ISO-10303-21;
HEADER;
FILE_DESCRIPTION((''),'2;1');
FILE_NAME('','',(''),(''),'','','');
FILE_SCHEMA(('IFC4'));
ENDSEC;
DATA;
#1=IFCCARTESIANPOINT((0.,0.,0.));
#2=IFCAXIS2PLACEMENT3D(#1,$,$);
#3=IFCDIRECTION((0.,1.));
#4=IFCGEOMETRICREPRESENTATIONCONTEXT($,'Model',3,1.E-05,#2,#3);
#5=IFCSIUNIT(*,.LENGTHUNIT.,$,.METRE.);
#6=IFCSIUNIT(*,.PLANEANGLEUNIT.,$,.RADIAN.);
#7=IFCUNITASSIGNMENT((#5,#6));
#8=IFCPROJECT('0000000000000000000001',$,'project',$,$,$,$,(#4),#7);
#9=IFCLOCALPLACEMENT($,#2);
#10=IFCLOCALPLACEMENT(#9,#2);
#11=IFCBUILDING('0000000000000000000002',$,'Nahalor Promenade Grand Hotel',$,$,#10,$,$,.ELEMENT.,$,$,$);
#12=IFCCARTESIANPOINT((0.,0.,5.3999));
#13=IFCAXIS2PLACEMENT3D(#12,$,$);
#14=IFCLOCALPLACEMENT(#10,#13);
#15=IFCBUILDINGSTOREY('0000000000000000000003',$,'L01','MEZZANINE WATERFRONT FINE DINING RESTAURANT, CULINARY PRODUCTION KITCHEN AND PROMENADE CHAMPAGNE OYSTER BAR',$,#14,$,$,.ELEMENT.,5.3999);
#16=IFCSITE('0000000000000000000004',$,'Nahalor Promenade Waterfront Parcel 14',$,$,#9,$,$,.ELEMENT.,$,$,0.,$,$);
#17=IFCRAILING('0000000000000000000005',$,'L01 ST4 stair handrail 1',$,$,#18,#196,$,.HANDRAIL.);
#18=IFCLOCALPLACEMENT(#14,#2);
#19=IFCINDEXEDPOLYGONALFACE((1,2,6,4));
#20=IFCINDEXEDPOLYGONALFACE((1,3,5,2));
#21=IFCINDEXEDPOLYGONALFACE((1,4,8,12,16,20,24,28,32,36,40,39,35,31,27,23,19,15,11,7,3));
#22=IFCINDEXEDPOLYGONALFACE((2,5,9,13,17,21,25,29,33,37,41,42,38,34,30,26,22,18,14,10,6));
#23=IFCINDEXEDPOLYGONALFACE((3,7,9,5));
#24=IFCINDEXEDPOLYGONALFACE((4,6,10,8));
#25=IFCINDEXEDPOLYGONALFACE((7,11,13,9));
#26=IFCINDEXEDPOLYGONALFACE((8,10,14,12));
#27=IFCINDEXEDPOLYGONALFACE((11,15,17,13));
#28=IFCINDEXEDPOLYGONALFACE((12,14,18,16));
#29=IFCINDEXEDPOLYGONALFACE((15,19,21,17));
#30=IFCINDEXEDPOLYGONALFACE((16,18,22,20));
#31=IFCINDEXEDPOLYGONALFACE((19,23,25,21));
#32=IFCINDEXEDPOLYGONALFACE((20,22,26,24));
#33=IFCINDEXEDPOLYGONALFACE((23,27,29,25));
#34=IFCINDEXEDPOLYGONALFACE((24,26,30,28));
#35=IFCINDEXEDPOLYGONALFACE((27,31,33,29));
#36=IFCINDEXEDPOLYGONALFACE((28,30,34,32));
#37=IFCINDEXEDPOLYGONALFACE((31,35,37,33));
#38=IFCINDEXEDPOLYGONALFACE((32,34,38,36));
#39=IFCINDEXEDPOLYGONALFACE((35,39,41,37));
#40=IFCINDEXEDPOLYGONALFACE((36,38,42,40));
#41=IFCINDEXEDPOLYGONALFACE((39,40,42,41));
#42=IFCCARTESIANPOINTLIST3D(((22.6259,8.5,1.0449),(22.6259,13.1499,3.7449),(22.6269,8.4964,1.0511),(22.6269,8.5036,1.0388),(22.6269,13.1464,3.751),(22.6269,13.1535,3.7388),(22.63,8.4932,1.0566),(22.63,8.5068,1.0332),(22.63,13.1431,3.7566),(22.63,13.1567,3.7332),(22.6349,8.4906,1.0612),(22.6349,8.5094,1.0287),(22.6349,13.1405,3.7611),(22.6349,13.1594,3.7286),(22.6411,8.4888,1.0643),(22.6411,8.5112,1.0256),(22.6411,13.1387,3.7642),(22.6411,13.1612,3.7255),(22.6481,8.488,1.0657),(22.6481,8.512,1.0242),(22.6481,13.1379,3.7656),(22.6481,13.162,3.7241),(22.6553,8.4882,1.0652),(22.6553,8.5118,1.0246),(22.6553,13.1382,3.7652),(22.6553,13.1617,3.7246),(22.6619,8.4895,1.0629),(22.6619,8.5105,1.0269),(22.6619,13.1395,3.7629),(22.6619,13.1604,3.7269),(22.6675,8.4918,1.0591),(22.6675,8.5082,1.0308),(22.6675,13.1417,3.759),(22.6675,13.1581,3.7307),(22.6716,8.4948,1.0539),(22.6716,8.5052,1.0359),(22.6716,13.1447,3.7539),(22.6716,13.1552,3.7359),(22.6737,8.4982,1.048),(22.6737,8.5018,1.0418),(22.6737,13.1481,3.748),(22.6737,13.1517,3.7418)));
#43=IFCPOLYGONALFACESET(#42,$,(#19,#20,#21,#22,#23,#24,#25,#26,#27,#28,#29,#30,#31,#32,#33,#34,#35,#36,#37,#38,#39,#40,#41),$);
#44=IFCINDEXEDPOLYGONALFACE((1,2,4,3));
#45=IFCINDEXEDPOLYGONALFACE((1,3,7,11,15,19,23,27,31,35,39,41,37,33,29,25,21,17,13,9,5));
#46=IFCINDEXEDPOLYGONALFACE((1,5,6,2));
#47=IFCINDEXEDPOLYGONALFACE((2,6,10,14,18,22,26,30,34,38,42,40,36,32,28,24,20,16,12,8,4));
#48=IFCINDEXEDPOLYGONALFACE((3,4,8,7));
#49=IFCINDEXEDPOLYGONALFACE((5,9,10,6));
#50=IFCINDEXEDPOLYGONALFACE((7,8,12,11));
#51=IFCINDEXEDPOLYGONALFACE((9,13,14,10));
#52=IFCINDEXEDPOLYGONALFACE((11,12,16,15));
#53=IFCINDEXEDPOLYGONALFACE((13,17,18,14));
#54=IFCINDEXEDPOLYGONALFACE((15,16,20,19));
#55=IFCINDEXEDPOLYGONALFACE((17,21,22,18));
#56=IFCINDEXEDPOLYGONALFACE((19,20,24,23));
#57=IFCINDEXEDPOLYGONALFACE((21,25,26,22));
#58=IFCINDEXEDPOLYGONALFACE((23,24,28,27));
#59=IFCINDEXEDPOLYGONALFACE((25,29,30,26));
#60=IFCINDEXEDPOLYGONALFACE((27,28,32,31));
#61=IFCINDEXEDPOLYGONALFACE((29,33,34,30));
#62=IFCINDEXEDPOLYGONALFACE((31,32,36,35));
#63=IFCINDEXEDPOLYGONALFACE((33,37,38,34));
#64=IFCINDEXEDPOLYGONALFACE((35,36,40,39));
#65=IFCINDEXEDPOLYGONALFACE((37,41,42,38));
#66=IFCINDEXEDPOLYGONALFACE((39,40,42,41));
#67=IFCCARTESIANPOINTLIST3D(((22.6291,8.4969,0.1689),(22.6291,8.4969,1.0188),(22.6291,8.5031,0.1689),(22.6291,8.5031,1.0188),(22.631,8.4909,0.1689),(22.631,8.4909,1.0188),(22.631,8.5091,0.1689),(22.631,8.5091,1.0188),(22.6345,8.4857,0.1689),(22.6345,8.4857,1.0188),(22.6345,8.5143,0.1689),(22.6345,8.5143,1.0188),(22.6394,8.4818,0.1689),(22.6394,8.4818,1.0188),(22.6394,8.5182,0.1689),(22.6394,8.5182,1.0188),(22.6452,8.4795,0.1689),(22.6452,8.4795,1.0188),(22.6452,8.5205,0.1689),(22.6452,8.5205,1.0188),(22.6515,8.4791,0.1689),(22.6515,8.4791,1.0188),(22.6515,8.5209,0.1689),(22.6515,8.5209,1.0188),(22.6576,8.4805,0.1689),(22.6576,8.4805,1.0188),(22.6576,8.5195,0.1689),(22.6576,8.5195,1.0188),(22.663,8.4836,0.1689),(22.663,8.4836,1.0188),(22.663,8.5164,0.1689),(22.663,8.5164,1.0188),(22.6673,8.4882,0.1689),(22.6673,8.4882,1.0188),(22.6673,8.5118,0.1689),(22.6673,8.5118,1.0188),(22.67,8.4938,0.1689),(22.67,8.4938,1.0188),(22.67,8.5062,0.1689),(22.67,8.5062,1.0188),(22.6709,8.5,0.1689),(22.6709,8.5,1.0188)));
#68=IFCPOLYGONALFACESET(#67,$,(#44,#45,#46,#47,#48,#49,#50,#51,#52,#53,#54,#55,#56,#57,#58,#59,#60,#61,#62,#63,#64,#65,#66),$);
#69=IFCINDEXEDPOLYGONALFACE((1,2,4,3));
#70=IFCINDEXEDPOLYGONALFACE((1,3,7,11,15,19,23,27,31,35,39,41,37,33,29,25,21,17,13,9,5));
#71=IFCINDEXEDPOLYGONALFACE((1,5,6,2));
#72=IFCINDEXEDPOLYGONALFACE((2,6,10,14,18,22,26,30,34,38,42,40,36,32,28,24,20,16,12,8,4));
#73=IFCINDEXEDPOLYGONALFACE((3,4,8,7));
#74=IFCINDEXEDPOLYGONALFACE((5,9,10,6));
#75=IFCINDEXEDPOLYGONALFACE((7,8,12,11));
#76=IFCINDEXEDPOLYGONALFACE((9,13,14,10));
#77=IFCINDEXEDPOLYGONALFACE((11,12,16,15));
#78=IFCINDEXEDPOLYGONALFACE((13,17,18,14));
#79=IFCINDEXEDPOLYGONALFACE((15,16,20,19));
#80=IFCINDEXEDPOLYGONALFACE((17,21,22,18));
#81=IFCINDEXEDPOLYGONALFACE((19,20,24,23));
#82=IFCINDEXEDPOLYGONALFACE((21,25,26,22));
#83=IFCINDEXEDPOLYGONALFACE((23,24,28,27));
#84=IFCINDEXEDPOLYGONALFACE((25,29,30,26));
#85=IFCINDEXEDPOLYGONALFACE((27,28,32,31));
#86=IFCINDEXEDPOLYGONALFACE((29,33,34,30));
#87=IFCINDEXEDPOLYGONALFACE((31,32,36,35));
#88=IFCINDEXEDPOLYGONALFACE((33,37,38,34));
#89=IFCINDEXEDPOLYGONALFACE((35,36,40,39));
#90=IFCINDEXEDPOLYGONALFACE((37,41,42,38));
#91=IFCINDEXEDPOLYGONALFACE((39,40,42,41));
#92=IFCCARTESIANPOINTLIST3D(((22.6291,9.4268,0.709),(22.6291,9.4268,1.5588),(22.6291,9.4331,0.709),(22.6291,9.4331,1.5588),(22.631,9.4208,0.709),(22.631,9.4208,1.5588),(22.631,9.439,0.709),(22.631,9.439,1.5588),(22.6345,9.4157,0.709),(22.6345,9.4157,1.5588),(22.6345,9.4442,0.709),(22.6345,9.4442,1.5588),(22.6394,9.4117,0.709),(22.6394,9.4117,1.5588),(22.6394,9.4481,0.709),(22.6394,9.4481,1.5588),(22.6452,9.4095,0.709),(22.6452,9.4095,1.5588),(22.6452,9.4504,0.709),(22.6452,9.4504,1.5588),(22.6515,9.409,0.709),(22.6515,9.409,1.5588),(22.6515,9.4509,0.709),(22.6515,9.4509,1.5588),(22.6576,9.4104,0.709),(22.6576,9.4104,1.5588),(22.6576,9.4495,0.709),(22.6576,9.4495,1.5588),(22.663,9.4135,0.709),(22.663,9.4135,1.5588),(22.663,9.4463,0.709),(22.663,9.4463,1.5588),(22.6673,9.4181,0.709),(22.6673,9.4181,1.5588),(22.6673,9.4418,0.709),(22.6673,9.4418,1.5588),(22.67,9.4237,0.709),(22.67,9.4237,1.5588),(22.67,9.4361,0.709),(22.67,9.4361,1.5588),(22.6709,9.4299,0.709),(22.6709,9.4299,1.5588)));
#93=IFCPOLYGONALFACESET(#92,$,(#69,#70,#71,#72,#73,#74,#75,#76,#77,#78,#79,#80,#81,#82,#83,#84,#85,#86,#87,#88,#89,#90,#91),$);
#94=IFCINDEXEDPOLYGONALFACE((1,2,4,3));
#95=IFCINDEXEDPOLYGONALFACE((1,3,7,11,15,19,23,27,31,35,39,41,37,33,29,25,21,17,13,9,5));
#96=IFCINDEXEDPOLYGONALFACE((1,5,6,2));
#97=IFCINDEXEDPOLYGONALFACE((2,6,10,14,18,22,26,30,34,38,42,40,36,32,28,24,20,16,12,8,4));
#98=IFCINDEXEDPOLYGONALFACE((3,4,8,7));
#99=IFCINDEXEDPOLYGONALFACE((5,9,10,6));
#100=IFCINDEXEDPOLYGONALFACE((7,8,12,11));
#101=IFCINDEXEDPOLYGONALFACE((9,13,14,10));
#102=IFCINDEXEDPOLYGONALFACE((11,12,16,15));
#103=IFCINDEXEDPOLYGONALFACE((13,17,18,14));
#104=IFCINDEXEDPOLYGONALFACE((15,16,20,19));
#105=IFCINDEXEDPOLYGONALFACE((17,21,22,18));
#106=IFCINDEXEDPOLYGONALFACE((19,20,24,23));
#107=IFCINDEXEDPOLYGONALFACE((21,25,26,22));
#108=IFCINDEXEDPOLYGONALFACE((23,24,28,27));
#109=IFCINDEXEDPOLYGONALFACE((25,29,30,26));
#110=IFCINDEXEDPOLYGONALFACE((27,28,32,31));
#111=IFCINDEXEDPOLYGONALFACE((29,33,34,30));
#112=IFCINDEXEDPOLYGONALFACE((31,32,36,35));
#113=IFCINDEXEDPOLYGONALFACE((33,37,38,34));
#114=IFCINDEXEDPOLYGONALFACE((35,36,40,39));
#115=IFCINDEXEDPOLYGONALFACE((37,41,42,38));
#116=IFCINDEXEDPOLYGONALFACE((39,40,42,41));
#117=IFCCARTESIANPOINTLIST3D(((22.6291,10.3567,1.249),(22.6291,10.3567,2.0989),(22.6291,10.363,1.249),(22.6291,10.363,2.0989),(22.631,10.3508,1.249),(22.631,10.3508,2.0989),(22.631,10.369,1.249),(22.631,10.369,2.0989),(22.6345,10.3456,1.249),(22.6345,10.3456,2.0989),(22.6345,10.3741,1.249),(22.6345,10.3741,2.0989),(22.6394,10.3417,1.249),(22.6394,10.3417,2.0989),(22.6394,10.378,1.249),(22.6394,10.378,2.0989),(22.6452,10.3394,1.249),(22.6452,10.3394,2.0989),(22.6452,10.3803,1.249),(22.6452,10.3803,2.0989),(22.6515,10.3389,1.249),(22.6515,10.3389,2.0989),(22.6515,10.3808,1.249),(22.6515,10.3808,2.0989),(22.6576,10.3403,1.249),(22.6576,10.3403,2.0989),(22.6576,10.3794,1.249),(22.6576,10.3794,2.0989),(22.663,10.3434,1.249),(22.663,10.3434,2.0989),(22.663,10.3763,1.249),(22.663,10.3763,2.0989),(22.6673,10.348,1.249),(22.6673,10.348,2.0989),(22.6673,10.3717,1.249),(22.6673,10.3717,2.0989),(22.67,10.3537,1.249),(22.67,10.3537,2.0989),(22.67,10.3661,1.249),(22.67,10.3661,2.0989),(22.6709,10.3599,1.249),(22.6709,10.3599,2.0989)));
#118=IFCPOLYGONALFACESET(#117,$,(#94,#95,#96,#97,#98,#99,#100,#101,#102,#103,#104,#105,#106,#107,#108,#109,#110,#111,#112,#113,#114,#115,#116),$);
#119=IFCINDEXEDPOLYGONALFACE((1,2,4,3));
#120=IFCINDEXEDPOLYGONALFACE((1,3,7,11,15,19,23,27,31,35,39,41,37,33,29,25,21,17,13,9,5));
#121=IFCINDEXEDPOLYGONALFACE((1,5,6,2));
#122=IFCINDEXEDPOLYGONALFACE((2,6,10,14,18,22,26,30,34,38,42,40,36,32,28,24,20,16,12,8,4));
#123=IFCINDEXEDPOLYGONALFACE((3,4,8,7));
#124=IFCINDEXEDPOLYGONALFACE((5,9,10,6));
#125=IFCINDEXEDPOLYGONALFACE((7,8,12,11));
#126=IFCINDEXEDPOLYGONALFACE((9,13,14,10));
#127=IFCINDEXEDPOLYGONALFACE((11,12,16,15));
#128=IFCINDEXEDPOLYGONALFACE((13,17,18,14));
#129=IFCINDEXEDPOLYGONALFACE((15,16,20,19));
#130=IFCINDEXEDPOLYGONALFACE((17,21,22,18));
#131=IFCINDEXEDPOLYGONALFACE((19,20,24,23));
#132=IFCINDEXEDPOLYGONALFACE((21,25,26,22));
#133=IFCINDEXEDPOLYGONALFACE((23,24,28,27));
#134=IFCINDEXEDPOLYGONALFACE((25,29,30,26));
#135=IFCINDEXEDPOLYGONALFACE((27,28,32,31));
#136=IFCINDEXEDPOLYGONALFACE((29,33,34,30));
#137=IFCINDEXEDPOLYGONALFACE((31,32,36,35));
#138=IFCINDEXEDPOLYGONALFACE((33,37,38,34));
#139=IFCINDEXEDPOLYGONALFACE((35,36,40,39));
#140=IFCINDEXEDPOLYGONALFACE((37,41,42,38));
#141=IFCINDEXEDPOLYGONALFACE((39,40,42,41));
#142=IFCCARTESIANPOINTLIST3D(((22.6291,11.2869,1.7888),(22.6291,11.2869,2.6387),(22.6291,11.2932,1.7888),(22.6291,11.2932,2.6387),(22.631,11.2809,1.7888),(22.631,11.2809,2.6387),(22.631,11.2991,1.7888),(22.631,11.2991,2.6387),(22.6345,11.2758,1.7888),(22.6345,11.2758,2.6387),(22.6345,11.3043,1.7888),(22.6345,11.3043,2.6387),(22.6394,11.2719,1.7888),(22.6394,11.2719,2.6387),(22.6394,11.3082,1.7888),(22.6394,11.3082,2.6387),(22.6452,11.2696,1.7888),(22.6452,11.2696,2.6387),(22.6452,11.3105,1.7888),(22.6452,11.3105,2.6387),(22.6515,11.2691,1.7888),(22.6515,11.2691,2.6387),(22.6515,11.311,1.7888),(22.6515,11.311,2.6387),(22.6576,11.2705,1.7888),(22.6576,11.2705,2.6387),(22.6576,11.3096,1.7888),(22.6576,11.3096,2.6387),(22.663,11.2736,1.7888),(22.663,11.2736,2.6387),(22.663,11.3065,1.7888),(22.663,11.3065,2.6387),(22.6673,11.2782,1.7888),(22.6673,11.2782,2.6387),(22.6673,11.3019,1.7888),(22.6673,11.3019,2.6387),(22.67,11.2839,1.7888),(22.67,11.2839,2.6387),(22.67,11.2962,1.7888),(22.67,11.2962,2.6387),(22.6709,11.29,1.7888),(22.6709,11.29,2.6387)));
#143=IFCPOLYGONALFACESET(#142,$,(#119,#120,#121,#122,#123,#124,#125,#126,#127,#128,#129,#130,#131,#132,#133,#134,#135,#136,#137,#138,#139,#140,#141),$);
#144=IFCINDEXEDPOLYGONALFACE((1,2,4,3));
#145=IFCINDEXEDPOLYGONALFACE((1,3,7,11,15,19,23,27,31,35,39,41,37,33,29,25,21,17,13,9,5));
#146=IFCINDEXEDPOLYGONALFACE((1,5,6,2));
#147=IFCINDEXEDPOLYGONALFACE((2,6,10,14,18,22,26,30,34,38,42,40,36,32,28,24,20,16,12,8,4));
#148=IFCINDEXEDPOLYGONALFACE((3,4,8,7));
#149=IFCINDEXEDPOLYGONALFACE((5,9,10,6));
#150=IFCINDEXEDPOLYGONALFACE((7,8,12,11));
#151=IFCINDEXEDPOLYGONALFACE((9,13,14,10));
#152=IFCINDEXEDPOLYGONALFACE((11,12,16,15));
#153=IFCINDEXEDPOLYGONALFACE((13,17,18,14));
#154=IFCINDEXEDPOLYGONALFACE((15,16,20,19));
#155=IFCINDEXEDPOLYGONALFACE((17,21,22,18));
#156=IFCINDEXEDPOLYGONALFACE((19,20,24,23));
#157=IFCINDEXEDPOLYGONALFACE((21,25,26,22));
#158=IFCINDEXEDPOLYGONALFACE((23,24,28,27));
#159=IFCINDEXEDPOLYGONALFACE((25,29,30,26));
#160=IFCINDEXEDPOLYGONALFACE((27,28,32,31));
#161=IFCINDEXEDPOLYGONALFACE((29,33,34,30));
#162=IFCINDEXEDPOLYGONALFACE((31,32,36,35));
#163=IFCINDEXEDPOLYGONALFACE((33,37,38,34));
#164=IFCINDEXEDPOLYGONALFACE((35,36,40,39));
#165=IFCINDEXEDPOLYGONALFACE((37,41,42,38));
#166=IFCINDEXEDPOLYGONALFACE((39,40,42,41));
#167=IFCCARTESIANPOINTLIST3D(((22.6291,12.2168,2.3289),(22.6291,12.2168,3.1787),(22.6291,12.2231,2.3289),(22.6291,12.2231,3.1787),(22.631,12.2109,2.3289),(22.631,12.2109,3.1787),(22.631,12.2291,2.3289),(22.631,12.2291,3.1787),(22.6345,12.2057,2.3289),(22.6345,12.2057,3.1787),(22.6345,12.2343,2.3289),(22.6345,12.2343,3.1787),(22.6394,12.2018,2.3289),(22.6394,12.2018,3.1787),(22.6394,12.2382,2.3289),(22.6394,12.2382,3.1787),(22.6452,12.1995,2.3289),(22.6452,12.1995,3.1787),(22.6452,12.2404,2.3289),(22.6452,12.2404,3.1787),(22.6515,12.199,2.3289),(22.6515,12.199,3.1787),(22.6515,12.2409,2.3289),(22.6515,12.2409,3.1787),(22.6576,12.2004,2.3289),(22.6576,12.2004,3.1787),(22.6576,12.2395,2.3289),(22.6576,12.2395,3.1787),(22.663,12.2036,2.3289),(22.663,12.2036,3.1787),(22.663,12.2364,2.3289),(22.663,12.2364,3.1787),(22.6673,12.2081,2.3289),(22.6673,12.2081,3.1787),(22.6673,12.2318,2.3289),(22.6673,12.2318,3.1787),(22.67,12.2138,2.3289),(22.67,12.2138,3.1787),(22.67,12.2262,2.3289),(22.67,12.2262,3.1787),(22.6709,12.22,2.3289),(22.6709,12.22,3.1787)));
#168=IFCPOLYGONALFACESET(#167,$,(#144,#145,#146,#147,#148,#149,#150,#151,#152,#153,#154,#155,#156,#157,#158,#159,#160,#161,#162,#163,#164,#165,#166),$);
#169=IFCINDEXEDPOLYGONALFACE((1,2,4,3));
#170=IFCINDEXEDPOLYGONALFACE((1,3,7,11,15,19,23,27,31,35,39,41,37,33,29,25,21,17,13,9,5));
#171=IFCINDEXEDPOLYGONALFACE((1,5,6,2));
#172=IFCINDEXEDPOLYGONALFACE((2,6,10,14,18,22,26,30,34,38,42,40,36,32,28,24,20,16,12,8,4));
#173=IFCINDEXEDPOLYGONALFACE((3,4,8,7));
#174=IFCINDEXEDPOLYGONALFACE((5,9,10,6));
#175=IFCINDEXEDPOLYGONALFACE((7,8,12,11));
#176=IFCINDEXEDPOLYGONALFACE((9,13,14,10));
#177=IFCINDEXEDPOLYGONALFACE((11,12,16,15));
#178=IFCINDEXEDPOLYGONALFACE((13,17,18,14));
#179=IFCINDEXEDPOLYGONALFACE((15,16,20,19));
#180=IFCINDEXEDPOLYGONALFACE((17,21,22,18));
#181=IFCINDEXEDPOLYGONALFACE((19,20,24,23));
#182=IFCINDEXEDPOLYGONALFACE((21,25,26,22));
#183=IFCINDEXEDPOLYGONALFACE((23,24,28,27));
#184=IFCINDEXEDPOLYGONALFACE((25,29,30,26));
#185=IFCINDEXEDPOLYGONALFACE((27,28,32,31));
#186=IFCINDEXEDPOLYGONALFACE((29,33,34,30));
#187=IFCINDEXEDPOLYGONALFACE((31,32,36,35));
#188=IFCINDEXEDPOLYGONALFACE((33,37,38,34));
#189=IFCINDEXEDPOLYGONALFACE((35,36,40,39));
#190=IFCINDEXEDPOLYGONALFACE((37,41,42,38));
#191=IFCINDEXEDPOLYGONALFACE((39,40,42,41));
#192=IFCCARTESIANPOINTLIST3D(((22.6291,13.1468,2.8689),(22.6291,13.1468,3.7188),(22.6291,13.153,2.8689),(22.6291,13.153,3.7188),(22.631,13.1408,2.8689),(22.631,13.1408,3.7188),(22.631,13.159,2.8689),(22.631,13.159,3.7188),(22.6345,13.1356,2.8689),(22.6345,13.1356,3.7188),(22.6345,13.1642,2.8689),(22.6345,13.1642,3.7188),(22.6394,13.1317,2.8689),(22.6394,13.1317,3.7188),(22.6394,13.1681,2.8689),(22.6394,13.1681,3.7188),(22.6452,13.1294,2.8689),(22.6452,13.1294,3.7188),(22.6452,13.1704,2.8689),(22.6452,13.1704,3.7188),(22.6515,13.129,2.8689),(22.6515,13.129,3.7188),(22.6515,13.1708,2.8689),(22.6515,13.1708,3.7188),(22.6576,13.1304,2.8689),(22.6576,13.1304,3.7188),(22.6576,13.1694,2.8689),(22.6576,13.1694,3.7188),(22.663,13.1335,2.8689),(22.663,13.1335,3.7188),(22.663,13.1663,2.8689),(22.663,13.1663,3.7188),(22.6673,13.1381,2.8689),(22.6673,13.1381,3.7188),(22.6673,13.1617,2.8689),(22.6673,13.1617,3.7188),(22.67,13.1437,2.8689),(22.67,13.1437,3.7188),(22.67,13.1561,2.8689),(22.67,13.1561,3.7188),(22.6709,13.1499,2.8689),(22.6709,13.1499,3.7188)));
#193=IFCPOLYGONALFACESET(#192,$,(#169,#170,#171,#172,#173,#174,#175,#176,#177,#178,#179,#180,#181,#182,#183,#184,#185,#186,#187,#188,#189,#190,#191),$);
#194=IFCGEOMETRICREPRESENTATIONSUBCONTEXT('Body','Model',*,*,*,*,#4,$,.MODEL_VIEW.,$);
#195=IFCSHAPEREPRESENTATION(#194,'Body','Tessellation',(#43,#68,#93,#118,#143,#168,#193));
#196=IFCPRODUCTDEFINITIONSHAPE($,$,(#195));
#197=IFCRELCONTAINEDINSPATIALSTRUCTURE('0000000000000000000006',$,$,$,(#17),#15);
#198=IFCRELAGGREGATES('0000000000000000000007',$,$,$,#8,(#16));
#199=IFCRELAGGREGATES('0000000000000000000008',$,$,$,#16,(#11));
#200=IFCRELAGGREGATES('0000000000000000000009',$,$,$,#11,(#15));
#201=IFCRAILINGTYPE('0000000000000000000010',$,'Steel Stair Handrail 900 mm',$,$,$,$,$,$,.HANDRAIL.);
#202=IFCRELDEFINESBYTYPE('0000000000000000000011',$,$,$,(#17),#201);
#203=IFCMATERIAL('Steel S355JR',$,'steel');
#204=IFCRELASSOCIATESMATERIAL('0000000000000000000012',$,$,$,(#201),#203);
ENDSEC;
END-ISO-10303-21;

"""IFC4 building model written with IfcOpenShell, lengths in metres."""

from ifc_helpers import new_model, si_unit, direction, frame, origin, origin_2d, place, context, subcontext, project, spatial, circle, extrude, material, type_object, element, save


model = new_model("IFC4")

# Units and contexts
model_context = context("Model", 3, precision=1e-05, world=origin(), true_north=direction((0.0, 1.0)))
body_context = subcontext(model_context, "Body", "Model", "MODEL_VIEW")
ifc_project = project(units=[si_unit("LENGTHUNIT", "METRE"), si_unit("PLANEANGLEUNIT", "RADIAN")], contexts=[model_context])

# Site, building, storey
site_placement = place(None, origin())
site = spatial("IfcSite", under=ifc_project, at=site_placement, Name="Nahalor Promenade Waterfront Parcel 14", CompositionType="ELEMENT", RefElevation=0.0)
building_placement = place(site_placement, origin())
building = spatial("IfcBuilding", under=site, at=building_placement, Name="Nahalor Promenade Grand Hotel", CompositionType="ELEMENT")
storey_placement = place(building_placement, frame((0.0, 0.0, 5.3999)))
storey = spatial("IfcBuildingStorey", under=building, at=storey_placement, Name="L01", Description="MEZZANINE WATERFRONT FINE DINING RESTAURANT, CULINARY PRODUCTION KITCHEN AND PROMENADE CHAMPAGNE OYSTER BAR", CompositionType="ELEMENT", Elevation=5.3999)

# Shared definitions
ifc_material_1 = material(Name="Steel S355JR", Category="steel")

# Railing
railing_type_1 = type_object("IfcRailingType", Name="Steel Stair Handrail 900 mm", PredefinedType="HANDRAIL", material=ifc_material_1)
railing_1_placement = place(storey_placement, frame((22.6499, 8.5, 0.1689)))
element("IfcRailing", 1, at=railing_1_placement, inside=storey, type_object=railing_type_1, Name="L01 ST4 stair handrail 1", PredefinedType="HANDRAIL", context=body_context, shape_type="SweptSolid", body=[
    extrude(circle(Radius=0.024, at=origin_2d()), frame((0.0, 0.0, 0.876), z_axis=(0.0, 0.864788, 0.502137), x_axis=(-1.0, 0.0, 0.0)), (0.0, 0.0, 1.0), 5.377),
    extrude(circle(Radius=0.021, at=origin_2d()), origin(), (0.0, 0.0, 1.0), 0.8499),
    extrude(circle(Radius=0.021, at=origin_2d()), frame((0.0, 0.9299, 0.54)), (0.0, 0.0, 1.0), 0.8499),
    extrude(circle(Radius=0.021, at=origin_2d()), frame((0.0, 1.8599, 1.0801)), (0.0, 0.0, 1.0), 0.8499),
    extrude(circle(Radius=0.021, at=origin_2d()), frame((0.0, 2.79, 1.6199)), (0.0, 0.0, 1.0), 0.8499),
    extrude(circle(Radius=0.021, at=origin_2d()), frame((0.0, 3.72, 2.1599)), (0.0, 0.0, 1.0), 0.8499),
    extrude(circle(Radius=0.021, at=origin_2d()), frame((0.0, 4.6499, 2.7)), (0.0, 0.0, 1.0), 0.8499),
])

save(model, "model.ifc")
